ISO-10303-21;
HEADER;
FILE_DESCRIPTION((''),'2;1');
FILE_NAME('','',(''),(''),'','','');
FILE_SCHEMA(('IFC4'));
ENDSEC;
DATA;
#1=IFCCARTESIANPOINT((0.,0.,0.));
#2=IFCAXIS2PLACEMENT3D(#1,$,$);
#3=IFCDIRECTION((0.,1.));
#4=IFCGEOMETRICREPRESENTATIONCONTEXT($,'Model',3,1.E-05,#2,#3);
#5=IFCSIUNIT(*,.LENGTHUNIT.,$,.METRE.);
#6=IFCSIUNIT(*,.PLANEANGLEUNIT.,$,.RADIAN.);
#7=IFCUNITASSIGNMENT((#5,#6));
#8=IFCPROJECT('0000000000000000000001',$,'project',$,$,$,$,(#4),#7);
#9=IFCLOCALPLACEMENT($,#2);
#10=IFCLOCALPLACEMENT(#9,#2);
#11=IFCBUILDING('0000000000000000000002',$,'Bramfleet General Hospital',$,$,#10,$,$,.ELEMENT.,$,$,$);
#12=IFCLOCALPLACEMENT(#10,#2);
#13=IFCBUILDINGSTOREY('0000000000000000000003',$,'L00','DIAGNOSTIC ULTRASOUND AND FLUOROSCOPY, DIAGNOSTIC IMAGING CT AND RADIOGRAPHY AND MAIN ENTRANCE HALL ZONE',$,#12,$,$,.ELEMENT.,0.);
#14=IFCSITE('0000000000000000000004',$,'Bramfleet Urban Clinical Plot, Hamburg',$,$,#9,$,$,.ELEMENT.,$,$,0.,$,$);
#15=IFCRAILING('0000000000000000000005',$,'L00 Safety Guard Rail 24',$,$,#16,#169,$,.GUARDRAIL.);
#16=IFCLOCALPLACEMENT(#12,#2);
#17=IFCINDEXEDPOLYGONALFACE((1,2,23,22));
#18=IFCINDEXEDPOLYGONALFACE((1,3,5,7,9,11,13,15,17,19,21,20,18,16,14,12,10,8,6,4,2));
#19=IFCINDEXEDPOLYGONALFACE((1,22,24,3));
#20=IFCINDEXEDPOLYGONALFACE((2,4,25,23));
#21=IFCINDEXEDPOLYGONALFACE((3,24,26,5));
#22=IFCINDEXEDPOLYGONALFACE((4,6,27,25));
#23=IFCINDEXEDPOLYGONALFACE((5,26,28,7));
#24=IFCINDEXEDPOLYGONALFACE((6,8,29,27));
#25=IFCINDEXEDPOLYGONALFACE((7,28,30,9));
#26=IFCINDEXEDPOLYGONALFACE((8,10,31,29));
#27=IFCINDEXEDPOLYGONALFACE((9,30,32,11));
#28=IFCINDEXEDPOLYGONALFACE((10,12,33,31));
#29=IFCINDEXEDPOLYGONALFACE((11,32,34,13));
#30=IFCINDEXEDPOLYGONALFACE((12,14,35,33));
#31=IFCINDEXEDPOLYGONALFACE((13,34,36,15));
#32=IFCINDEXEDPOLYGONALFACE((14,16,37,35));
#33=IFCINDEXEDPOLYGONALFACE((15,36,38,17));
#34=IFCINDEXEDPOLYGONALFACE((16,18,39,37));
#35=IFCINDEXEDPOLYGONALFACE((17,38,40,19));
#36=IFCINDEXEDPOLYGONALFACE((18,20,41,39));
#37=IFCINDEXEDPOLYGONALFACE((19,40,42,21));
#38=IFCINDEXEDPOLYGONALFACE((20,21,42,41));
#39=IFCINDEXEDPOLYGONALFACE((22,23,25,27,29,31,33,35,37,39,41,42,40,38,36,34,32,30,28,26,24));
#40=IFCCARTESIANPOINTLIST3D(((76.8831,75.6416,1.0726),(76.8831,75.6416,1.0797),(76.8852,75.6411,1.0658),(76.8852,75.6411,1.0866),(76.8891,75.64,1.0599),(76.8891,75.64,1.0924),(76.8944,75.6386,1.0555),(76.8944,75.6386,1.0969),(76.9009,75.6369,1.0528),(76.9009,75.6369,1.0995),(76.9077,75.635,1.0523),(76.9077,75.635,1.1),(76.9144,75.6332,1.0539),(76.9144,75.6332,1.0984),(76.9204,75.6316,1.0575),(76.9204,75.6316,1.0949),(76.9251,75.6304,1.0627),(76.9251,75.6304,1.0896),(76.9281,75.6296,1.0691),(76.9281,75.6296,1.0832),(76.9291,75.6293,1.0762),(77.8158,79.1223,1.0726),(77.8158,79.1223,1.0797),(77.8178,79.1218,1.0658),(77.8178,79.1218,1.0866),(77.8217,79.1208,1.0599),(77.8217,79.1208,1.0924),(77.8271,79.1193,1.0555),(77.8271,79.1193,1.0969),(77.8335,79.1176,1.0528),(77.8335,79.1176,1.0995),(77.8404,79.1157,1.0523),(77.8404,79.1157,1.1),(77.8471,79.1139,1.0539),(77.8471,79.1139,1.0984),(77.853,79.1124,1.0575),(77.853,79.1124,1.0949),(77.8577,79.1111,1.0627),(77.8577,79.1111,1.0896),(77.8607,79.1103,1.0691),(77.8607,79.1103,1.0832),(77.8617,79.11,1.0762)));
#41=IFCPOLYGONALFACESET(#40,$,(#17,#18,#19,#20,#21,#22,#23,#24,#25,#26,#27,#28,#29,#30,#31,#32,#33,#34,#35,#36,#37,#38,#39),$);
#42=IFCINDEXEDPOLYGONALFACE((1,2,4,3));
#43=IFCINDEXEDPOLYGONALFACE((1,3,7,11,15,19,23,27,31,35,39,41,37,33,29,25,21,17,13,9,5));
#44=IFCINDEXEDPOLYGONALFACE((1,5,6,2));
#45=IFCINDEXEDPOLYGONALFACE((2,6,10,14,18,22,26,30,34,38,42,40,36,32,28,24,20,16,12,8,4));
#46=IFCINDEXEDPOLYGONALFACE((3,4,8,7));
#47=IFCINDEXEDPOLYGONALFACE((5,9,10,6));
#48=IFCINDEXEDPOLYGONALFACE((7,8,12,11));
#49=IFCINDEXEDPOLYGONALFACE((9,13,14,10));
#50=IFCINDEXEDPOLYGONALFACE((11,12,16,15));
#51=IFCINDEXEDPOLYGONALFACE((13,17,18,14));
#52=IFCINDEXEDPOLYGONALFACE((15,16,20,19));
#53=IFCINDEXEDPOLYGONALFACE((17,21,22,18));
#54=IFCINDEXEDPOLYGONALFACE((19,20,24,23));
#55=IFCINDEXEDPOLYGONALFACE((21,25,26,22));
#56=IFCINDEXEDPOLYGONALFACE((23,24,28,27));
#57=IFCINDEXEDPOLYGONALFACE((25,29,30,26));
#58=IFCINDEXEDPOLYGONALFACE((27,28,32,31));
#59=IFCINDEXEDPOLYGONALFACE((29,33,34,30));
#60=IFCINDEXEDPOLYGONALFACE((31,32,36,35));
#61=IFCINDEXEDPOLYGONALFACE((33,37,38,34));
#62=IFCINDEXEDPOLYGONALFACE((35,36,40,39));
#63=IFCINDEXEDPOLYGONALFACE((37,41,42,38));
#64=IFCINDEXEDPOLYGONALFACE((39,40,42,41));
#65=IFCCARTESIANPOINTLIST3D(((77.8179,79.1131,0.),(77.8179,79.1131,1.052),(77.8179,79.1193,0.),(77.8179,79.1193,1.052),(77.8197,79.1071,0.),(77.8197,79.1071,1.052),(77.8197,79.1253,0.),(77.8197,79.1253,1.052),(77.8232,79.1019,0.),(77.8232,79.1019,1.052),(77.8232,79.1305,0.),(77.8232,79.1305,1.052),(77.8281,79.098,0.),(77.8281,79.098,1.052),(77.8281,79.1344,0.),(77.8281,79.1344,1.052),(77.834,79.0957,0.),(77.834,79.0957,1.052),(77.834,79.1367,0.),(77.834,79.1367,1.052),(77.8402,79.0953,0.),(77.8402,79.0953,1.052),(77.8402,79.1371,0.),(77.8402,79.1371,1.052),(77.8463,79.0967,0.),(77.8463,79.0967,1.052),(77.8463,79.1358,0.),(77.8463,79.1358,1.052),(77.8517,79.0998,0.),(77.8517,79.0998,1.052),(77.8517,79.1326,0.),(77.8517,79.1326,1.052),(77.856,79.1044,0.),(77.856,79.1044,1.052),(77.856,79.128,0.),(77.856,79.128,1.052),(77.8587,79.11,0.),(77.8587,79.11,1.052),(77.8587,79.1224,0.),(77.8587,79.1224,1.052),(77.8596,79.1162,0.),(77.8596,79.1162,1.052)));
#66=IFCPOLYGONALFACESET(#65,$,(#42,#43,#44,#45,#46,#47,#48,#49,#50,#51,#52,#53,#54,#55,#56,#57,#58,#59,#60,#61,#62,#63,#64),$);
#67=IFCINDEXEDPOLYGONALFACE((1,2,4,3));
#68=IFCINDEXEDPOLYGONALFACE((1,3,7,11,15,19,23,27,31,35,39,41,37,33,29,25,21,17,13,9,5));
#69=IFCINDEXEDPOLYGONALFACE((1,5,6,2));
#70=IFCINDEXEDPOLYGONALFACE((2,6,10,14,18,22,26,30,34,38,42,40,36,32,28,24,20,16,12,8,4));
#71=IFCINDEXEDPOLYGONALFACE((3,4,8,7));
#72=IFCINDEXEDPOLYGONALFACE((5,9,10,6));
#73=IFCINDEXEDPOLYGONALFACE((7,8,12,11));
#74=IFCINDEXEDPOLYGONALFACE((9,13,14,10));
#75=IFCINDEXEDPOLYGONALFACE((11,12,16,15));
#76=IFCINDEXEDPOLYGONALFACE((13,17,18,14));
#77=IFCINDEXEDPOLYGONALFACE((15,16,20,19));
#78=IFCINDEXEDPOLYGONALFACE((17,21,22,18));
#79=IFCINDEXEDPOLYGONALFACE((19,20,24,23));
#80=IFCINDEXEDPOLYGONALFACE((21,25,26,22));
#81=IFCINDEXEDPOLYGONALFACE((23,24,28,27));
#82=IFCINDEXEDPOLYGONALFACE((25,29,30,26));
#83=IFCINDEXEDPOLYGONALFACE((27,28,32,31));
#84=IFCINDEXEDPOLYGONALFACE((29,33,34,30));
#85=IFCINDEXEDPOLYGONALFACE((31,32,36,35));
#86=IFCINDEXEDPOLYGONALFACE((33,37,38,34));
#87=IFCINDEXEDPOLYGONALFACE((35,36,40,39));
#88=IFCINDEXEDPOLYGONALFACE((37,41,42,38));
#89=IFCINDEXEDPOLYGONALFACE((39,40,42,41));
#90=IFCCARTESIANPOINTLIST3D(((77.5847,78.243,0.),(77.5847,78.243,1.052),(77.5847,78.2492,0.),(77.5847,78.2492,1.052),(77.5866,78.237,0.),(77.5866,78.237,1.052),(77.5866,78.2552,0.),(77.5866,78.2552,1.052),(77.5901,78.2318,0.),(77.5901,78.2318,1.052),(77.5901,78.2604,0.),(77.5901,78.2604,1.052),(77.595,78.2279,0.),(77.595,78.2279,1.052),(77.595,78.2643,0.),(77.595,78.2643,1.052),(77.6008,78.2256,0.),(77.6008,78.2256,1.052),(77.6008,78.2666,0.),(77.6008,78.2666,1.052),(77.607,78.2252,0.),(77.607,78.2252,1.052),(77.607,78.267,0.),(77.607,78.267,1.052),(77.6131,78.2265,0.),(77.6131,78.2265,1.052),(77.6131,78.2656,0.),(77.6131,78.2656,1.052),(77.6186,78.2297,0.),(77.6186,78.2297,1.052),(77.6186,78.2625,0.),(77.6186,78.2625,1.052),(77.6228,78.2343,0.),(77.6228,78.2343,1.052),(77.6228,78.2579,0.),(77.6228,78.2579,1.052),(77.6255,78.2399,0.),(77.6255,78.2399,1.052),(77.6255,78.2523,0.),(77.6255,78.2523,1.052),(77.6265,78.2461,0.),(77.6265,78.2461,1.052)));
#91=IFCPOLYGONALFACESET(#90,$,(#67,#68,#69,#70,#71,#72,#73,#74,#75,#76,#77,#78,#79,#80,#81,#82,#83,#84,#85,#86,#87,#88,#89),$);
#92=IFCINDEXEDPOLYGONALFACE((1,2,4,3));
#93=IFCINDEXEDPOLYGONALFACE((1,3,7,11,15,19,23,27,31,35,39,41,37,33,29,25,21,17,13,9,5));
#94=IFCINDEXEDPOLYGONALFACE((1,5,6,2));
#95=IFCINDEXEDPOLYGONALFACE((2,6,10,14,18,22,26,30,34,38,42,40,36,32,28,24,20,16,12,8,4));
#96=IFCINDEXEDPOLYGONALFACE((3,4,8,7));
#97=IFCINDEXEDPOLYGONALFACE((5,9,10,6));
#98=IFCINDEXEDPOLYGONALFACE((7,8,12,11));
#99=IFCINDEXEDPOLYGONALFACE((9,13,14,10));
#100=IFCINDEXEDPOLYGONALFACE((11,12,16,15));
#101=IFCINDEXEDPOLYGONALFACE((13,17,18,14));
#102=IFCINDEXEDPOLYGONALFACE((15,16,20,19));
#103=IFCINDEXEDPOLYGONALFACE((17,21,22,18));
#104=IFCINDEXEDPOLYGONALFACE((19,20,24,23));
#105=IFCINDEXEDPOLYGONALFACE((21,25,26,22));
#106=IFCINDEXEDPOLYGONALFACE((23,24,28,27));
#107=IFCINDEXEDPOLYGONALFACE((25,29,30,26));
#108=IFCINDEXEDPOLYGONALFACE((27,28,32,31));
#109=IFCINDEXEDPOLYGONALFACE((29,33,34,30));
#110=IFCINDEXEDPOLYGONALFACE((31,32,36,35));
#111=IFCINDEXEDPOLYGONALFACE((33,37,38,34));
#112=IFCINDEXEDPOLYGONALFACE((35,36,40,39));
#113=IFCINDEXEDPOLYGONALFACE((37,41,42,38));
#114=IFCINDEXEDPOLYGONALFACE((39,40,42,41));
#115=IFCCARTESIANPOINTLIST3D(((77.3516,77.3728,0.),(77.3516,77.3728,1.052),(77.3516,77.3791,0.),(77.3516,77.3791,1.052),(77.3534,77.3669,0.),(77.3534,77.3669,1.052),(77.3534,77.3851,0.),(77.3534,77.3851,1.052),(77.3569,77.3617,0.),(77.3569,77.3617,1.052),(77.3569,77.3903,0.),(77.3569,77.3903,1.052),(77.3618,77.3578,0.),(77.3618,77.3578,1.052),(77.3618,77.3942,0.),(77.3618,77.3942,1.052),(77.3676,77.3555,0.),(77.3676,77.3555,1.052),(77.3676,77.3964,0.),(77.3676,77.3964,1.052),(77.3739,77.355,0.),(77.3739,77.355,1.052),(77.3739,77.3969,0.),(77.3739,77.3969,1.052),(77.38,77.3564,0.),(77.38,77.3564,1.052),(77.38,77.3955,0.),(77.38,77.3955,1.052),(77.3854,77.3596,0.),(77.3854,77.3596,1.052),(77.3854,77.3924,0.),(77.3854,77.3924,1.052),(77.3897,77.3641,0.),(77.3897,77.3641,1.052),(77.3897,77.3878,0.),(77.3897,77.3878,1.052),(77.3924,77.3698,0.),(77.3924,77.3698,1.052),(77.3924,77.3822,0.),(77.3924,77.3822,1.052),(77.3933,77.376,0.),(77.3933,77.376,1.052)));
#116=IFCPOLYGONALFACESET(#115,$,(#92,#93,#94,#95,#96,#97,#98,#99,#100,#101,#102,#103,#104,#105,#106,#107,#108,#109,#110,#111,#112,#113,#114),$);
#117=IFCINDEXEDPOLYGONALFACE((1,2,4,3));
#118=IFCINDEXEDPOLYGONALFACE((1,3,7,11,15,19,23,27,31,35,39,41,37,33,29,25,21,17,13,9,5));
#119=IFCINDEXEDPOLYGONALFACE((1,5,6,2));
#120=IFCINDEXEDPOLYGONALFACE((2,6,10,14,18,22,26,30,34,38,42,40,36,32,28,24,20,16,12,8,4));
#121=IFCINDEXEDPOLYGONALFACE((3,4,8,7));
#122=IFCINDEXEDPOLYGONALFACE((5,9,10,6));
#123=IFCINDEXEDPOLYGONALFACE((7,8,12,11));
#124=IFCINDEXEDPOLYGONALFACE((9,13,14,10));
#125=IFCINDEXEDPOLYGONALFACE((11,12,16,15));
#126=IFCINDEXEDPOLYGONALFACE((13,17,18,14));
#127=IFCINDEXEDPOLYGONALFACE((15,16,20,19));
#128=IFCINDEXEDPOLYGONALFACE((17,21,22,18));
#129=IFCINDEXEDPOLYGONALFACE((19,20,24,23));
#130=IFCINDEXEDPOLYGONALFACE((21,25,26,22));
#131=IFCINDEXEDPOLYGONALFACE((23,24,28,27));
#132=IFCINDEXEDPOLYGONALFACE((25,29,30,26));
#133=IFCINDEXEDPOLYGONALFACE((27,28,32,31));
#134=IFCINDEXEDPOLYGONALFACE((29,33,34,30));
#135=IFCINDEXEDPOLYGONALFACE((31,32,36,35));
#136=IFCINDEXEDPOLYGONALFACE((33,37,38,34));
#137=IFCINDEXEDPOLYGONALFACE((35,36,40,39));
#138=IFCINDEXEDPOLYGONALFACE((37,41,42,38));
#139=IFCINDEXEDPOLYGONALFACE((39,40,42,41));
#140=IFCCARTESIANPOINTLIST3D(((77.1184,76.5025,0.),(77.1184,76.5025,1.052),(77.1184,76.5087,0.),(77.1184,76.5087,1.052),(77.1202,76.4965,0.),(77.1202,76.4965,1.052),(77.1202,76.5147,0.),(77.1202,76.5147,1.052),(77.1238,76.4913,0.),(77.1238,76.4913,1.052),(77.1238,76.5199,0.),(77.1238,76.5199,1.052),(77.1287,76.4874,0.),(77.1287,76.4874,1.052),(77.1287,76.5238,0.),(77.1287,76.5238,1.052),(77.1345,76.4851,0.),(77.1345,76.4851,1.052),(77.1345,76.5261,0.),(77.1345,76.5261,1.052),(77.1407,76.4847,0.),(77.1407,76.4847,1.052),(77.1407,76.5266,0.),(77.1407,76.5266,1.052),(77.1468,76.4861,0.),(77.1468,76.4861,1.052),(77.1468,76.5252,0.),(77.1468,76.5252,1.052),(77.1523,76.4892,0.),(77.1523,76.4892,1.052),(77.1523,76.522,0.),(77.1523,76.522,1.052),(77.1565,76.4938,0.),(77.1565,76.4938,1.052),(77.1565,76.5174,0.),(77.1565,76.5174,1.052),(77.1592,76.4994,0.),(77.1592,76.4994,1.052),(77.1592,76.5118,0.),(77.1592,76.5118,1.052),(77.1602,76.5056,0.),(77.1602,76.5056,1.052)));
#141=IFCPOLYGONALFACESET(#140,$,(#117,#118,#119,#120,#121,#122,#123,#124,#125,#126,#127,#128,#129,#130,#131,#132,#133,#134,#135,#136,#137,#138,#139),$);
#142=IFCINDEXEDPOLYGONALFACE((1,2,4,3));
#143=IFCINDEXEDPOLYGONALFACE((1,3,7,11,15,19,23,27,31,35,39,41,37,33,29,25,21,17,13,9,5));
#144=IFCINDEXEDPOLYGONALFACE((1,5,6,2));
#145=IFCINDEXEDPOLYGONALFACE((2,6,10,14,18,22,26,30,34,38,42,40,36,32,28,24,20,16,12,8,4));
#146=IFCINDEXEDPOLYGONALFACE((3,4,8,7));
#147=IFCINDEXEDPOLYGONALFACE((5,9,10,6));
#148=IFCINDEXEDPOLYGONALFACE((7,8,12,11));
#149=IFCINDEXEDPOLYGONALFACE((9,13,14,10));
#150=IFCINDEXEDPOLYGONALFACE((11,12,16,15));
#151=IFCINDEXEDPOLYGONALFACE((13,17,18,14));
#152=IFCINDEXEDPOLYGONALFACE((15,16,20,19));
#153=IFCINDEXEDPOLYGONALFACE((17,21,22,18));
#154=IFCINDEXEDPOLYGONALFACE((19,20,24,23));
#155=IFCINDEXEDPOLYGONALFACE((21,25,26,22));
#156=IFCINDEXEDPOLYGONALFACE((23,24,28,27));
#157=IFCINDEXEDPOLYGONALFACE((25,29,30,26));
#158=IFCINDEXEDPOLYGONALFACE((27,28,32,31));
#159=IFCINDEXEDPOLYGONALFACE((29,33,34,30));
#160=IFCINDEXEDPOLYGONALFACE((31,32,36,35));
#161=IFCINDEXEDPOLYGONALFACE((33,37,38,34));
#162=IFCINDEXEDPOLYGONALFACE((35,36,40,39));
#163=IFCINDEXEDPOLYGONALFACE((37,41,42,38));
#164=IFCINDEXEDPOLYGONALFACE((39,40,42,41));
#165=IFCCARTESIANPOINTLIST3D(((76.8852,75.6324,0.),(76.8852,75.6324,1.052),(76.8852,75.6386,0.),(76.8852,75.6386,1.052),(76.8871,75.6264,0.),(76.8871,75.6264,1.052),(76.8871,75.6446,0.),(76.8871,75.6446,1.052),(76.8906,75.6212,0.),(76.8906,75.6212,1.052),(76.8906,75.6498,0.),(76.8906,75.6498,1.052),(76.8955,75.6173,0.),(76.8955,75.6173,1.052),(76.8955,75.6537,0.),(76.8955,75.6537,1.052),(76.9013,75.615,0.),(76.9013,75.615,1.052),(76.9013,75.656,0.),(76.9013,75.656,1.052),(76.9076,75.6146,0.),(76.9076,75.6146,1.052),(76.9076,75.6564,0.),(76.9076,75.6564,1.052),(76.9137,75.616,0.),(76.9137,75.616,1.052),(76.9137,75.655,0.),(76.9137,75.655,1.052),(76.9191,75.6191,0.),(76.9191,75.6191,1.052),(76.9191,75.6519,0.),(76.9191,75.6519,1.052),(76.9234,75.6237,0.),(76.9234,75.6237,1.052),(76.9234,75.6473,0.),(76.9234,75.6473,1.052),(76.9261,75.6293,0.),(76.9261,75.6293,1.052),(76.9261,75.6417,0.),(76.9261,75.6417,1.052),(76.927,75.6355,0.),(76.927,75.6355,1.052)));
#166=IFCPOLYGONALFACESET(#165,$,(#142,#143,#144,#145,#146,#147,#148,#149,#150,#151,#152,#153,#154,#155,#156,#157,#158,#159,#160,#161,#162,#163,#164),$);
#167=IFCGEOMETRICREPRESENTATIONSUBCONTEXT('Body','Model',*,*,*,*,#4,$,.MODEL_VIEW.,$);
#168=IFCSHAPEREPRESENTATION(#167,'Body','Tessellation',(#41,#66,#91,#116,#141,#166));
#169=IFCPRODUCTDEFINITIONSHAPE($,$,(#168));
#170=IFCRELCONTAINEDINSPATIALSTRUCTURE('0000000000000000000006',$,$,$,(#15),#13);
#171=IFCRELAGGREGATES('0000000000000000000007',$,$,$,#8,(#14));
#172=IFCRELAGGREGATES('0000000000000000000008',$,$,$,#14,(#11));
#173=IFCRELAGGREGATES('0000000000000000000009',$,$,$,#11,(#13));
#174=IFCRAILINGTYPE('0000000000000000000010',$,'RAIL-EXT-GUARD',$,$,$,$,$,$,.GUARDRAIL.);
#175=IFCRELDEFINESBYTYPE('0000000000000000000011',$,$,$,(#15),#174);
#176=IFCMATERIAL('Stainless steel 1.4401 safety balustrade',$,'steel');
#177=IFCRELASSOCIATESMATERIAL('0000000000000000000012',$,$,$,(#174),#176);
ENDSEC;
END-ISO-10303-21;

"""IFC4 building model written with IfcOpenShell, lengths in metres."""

from ifc_helpers import new_model, si_unit, direction, frame, origin, origin_2d, place, context, subcontext, project, spatial, circle, extrude, material, type_object, element, save


model = new_model("IFC4")

# Units and contexts
model_context = context("Model", 3, precision=1e-05, world=origin(), true_north=direction((0.0, 1.0)))
body_context = subcontext(model_context, "Body", "Model", "MODEL_VIEW")
ifc_project = project(units=[si_unit("LENGTHUNIT", "METRE"), si_unit("PLANEANGLEUNIT", "RADIAN")], contexts=[model_context])

# Site, building, storey
site_placement = place(None, origin())
site = spatial("IfcSite", under=ifc_project, at=site_placement, Name="Bramfleet Urban Clinical Plot, Hamburg", CompositionType="ELEMENT", RefElevation=0.0)
building_placement = place(site_placement, origin())
building = spatial("IfcBuilding", under=site, at=building_placement, Name="Bramfleet General Hospital", CompositionType="ELEMENT")
storey_placement = place(building_placement, origin())
storey = spatial("IfcBuildingStorey", under=building, at=storey_placement, Name="L00", Description="DIAGNOSTIC ULTRASOUND AND FLUOROSCOPY, DIAGNOSTIC IMAGING CT AND RADIOGRAPHY AND MAIN ENTRANCE HALL ZONE", CompositionType="ELEMENT", Elevation=0.0)

# Railing
ifc_material_1 = material(Name="Stainless steel 1.4401 safety balustrade", Category="steel")
railing_type = type_object("IfcRailingType", Name="RAIL-EXT-GUARD", PredefinedType="GUARDRAIL", material=ifc_material_1)
railing_1_placement = place(storey_placement, frame((77.8386, 79.1162, 0.0)))
element("IfcRailing", 1, at=railing_1_placement, inside=storey, type_object=railing_type, Name="L00 Safety Guard Rail 24", PredefinedType="GUARDRAIL", context=body_context, shape_type="SweptSolid", body=[
    extrude(circle(Radius=0.0239, at=origin_2d()), frame((0.0, 0.0, 1.0762), z_axis=(-0.258809, -0.965928, 0.0), x_axis=(0.965928, -0.258809, 0.0)), (0.0, 0.0, 1.0), 3.6035),
    extrude(circle(Radius=0.021, at=origin_2d()), origin(), (0.0, 0.0, 1.0), 1.052),
    extrude(circle(Radius=0.021, at=origin_2d()), frame((-0.2332, -0.8701, 0.0)), (0.0, 0.0, 1.0), 1.052),
    extrude(circle(Radius=0.021, at=origin_2d()), frame((-0.4663, -1.7402, 0.0)), (0.0, 0.0, 1.0), 1.052),
    extrude(circle(Radius=0.021, at=origin_2d()), frame((-0.6995, -2.6106, 0.0)), (0.0, 0.0, 1.0), 1.052),
    extrude(circle(Radius=0.021, at=origin_2d()), frame((-0.9326, -3.4807, 0.0)), (0.0, 0.0, 1.0), 1.052),
])

save(model, "model.ifc")
